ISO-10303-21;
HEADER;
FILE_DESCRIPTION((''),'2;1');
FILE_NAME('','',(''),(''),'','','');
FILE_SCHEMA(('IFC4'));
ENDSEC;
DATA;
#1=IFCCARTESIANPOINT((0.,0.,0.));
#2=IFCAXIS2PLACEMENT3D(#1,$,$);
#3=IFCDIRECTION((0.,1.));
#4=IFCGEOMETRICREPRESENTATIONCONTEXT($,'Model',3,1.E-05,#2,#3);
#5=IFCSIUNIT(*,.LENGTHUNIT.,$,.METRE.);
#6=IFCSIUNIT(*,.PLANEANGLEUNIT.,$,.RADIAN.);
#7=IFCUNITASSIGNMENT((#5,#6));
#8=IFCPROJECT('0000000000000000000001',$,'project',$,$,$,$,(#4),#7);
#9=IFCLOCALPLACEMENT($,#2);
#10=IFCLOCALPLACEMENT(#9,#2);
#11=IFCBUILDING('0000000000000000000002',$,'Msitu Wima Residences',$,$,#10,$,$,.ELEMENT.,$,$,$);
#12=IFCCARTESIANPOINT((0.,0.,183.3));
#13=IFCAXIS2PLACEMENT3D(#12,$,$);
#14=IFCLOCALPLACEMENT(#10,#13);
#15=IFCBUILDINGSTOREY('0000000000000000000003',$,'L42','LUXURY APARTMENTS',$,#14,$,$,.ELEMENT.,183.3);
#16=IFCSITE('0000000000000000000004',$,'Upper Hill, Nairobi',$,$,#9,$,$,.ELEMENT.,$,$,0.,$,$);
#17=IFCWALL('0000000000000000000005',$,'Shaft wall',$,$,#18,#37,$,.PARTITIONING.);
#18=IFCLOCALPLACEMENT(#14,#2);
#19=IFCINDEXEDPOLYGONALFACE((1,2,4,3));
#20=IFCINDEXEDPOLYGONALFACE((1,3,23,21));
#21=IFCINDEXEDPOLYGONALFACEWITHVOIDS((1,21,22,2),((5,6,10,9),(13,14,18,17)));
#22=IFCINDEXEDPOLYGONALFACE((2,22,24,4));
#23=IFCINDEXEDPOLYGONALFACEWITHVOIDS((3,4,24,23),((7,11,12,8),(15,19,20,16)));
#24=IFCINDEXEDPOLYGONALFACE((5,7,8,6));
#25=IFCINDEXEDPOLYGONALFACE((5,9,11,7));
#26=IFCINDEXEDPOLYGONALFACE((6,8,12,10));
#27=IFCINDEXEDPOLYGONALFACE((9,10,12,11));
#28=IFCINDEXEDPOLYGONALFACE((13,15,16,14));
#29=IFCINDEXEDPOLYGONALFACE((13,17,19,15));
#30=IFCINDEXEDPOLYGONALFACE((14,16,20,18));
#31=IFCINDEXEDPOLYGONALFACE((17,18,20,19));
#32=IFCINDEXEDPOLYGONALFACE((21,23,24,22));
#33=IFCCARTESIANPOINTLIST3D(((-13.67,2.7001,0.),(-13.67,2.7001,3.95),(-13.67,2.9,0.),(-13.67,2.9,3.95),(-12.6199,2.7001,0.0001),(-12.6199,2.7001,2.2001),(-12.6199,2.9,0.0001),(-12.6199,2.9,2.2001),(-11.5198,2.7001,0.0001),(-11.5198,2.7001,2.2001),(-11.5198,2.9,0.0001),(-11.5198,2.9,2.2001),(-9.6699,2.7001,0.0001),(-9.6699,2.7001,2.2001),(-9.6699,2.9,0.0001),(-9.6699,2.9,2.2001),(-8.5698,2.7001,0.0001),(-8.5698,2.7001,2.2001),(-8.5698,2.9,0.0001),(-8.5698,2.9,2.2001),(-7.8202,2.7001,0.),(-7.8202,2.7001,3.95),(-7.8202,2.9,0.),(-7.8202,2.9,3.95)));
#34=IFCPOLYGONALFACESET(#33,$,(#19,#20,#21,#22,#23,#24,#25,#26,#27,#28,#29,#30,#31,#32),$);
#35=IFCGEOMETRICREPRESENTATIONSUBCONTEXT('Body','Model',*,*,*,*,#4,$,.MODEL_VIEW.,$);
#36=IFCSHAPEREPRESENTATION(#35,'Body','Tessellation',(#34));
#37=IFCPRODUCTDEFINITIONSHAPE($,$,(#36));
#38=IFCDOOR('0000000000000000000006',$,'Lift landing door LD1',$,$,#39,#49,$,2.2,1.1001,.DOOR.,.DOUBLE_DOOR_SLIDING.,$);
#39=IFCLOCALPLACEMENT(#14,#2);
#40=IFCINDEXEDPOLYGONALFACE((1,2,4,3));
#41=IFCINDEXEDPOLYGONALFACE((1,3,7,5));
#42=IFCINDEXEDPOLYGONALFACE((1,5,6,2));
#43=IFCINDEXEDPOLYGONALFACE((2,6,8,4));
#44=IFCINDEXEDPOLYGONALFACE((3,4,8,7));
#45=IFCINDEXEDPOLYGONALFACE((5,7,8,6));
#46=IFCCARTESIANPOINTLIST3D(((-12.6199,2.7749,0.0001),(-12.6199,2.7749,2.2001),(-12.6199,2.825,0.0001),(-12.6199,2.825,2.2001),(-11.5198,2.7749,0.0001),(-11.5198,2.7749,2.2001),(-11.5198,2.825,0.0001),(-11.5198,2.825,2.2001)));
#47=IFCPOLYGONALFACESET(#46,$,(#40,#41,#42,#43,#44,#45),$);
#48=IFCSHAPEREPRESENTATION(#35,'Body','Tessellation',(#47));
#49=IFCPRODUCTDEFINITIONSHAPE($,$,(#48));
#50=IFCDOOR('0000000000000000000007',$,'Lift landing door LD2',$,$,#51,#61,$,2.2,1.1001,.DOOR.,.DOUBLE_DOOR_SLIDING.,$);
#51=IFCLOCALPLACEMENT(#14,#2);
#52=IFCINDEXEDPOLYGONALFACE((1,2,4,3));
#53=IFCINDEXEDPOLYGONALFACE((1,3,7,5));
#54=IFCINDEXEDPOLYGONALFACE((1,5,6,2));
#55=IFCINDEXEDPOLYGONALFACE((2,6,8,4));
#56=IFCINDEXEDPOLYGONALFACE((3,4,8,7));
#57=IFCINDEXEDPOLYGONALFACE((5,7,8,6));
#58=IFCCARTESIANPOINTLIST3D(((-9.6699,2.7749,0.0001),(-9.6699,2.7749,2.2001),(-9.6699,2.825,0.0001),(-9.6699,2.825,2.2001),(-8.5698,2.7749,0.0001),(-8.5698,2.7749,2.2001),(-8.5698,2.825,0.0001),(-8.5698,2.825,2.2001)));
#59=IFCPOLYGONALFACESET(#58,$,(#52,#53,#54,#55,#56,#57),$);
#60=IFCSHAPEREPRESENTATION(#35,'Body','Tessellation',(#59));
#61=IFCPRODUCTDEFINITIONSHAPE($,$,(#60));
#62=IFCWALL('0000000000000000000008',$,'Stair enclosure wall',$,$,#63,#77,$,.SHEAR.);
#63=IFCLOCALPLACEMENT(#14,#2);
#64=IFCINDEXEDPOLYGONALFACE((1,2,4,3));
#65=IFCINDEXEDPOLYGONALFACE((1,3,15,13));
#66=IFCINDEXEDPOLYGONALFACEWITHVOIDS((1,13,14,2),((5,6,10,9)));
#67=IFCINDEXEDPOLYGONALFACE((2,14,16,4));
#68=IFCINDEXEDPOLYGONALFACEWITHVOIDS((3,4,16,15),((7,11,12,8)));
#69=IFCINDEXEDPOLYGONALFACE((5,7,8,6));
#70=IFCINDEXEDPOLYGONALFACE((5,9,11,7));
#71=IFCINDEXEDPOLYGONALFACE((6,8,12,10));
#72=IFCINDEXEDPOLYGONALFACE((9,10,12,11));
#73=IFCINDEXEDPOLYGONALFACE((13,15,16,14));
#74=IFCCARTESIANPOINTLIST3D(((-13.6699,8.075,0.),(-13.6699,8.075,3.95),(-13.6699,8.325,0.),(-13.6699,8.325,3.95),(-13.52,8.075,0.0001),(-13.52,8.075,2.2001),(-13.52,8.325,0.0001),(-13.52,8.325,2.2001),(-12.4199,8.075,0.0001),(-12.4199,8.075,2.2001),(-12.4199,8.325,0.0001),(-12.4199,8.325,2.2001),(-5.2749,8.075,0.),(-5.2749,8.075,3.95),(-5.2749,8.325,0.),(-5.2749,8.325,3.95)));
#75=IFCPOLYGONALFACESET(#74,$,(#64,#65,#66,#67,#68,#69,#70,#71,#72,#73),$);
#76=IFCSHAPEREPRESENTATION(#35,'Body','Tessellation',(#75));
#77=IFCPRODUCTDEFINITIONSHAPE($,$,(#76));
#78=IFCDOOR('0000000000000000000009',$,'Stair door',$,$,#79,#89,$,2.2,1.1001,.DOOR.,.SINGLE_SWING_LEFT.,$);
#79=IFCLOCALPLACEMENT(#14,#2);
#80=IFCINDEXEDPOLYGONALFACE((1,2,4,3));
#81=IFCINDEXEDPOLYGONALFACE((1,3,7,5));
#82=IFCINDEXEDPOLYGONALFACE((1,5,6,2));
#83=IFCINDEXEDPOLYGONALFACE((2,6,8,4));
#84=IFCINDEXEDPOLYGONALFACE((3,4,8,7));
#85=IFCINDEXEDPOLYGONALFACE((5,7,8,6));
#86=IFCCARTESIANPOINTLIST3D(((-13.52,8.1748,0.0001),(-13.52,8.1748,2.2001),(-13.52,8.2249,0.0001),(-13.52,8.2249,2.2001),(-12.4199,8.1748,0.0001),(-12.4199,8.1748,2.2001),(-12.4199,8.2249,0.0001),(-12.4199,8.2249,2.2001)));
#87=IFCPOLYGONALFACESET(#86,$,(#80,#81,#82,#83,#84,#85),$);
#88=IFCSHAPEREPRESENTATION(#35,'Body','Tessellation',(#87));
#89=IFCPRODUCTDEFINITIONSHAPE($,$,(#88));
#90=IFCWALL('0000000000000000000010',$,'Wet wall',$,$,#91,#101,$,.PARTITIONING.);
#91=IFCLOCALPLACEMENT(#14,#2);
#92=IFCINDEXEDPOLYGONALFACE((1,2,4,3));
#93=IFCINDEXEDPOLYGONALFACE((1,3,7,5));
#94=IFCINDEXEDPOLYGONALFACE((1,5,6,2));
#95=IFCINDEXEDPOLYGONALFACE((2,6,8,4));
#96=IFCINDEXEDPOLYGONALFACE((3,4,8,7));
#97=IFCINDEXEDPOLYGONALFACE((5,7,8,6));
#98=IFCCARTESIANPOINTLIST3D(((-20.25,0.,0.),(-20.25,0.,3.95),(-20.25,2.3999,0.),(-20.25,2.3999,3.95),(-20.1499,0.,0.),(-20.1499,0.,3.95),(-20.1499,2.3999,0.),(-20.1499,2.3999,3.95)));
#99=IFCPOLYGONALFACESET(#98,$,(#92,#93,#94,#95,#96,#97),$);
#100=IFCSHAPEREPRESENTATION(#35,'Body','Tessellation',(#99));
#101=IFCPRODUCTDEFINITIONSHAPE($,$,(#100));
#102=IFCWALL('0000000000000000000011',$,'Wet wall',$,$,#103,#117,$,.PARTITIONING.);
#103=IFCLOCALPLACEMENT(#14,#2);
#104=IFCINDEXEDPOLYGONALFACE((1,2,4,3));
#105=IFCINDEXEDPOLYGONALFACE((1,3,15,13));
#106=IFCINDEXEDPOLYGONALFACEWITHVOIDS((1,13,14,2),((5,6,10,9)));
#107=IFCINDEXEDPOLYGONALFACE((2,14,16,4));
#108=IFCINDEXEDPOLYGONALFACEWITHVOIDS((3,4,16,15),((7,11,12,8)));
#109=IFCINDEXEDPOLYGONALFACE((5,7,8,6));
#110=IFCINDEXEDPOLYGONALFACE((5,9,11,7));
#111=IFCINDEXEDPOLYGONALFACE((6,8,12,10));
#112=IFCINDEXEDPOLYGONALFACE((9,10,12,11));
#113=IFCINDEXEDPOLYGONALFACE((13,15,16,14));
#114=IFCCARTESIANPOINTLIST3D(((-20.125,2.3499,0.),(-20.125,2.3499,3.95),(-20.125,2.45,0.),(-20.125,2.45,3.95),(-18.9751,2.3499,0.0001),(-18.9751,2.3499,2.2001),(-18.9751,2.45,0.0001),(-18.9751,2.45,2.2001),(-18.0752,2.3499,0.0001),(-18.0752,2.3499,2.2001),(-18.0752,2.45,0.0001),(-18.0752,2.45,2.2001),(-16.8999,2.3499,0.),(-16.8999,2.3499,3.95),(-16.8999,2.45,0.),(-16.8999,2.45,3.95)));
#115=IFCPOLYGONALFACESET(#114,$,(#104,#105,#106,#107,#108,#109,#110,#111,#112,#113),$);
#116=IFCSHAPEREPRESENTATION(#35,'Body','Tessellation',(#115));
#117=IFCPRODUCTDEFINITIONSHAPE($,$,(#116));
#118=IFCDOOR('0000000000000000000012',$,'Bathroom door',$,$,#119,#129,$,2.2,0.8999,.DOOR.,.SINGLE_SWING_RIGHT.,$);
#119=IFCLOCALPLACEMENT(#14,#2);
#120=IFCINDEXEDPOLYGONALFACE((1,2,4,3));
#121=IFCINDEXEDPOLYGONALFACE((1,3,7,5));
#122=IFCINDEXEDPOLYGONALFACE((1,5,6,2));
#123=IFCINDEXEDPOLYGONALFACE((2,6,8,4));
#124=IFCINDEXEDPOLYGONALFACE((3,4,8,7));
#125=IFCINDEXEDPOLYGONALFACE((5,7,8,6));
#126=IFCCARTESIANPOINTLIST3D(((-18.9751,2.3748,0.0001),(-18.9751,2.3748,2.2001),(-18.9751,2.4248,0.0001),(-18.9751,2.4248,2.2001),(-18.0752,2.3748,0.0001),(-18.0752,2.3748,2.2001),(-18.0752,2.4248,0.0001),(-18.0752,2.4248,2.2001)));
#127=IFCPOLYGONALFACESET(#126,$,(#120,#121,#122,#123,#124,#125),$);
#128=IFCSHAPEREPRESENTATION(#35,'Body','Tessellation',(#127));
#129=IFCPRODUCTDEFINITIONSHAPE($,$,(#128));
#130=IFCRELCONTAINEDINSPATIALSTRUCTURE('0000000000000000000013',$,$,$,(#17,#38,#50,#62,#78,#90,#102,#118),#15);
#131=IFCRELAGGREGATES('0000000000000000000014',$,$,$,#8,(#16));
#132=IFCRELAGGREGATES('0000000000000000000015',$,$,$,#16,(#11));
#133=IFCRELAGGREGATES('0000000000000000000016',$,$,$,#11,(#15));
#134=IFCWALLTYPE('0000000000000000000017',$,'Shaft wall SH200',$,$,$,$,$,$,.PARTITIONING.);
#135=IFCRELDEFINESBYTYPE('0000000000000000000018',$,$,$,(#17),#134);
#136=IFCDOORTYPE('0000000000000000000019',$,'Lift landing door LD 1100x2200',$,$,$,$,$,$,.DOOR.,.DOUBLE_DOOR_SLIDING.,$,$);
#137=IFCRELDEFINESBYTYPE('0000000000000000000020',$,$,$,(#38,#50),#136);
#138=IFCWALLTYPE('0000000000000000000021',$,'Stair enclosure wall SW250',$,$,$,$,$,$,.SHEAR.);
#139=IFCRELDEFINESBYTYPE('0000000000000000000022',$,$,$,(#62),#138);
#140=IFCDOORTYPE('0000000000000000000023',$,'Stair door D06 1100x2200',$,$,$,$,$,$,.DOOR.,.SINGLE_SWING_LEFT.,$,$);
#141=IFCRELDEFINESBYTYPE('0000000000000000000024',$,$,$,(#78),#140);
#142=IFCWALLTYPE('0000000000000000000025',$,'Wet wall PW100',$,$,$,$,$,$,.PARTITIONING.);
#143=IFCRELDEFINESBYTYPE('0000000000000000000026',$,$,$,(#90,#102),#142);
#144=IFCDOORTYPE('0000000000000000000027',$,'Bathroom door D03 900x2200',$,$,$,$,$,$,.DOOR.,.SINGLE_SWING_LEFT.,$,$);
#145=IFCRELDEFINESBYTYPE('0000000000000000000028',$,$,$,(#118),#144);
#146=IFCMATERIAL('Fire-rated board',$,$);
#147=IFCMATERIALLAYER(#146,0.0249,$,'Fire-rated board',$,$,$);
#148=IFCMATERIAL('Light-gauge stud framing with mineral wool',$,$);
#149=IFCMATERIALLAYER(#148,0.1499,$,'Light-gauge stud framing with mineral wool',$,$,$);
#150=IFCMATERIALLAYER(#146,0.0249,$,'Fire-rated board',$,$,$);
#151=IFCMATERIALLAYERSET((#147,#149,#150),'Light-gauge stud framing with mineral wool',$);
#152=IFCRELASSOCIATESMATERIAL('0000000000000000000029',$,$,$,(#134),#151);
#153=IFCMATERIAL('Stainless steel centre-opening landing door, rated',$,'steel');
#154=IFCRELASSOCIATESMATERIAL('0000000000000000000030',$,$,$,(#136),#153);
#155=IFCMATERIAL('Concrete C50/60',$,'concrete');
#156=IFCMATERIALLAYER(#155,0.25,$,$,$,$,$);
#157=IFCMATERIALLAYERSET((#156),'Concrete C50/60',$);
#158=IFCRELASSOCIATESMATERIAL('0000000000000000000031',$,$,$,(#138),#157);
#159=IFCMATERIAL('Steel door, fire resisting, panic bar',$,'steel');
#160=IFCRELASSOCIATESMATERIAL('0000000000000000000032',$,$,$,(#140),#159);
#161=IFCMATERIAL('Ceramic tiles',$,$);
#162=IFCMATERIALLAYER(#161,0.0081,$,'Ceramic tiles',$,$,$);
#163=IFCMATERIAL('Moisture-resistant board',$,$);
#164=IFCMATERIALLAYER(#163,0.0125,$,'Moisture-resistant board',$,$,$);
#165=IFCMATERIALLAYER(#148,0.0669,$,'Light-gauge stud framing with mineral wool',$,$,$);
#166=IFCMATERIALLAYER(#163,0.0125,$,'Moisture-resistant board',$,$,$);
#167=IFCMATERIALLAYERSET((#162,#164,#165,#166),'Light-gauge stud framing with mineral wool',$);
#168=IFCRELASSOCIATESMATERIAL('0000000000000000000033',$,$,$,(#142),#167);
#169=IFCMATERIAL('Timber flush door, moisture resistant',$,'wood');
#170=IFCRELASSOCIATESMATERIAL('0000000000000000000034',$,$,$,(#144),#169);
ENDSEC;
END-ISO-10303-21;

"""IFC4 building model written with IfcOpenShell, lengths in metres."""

from ifc_helpers import new_model, si_unit, direction, frame, frame_2d, origin, place, context, subcontext, project, spatial, rectangle, extrude, material, layer, layer_set, type_object, element, fill, save


model = new_model("IFC4")

# Units and contexts
model_context = context("Model", 3, precision=1e-05, world=origin(), true_north=direction((0.0, 1.0)))
body_context = subcontext(model_context, "Body", "Model", "MODEL_VIEW")
ifc_project = project(units=[si_unit("LENGTHUNIT", "METRE"), si_unit("PLANEANGLEUNIT", "RADIAN")], contexts=[model_context])

# Site, building, storey
site_placement = place(None, origin())
site = spatial("IfcSite", under=ifc_project, at=site_placement, Name="Upper Hill, Nairobi", CompositionType="ELEMENT", RefElevation=0.0)
building_placement = place(site_placement, origin())
building = spatial("IfcBuilding", under=site, at=building_placement, Name="Msitu Wima Residences", CompositionType="ELEMENT")
storey_placement = place(building_placement, frame((0.0, 0.0, 183.3)))
storey = spatial("IfcBuildingStorey", under=building, at=storey_placement, Name="L42", Description="LUXURY APARTMENTS", CompositionType="ELEMENT", Elevation=183.3)

# Shared definitions
ifc_material_1 = material(Name="Concrete C50/60", Category="concrete")

# Shared definitions
ifc_material_2 = material(Name="Fire-rated board")
ifc_layer_1 = layer(ifc_material_2, 0.0249, Name="Fire-rated board")
ifc_material_3 = material(Name="Light-gauge stud framing with mineral wool")
ifc_layer_2 = layer(ifc_material_3, 0.1499, Name="Light-gauge stud framing with mineral wool")
ifc_layer_3 = layer(ifc_material_2, 0.0249, Name="Fire-rated board")
ifc_layer_set_1 = layer_set([ifc_layer_1, ifc_layer_2, ifc_layer_3], Name="Light-gauge stud framing with mineral wool")
wall_type_1 = type_object("IfcWallType", Name="Shaft wall SH200", PredefinedType="PARTITIONING", material=ifc_layer_set_1)

# Wall, openings, doors
wall_1_placement = place(storey_placement, frame((-13.6699, 2.8, 0.0), z_axis=(0.0, 0.0, 1.0), x_axis=(1.0, 0.0, 0.0)))
wall_1 = element("IfcWall", 1, at=wall_1_placement, inside=storey, type_object=wall_type_1, Name="Shaft wall", PredefinedType="PARTITIONING", context=body_context, shape_type="SweptSolid", body=[
    extrude(rectangle(XDim=5.8499, YDim=0.2, at=frame_2d((2.9248, 0.0))), origin(), (0.0, 0.0, 1.0), 3.95),
])
opening_1_placement = place(wall_1_placement, frame((1.05, 0.0, 0.0)))
opening_1 = element("IfcOpeningElement", 2, at=opening_1_placement, cuts=wall_1, PredefinedType="OPENING", context=body_context, shape_type="SweptSolid", body=[
    extrude(rectangle(XDim=1.1001, YDim=2.2, at=frame_2d((0.55, 1.1001))), frame((0.0, 0.1099, 0.0), z_axis=(0.0, -1.0, 0.0), x_axis=(1.0, 0.0, 0.0)), (0.0, 0.0, 1.0), 0.22),
])
opening_2_placement = place(wall_1_placement, frame((4.0, 0.0, 0.0)))
opening_2 = element("IfcOpeningElement", 3, at=opening_2_placement, cuts=wall_1, PredefinedType="OPENING", context=body_context, shape_type="SweptSolid", body=[
    extrude(rectangle(XDim=1.1001, YDim=2.2, at=frame_2d((0.55, 1.1001))), frame((0.0, 0.1099, 0.0), z_axis=(0.0, -1.0, 0.0), x_axis=(1.0, 0.0, 0.0)), (0.0, 0.0, 1.0), 0.22),
])
ifc_material_4 = material(Name="Stainless steel centre-opening landing door, rated", Category="steel")
door_type_1 = type_object("IfcDoorType", Name="Lift landing door LD 1100x2200", OperationType="DOUBLE_DOOR_SLIDING", PredefinedType="DOOR", material=ifc_material_4)
door_1_placement = place(opening_1_placement, origin())
door_1 = element("IfcDoor", 4, at=door_1_placement, inside=storey, type_object=door_type_1, Name="Lift landing door LD1", OperationType="DOUBLE_DOOR_SLIDING", OverallHeight=2.2, OverallWidth=1.1001, PredefinedType="DOOR", context=body_context, shape_type="SweptSolid", body=[
    extrude(rectangle(XDim=1.1001, YDim=2.2, at=frame_2d((0.55, 1.1001))), frame((0.0, 0.0249, 0.0), z_axis=(0.0, -1.0, 0.0), x_axis=(1.0, 0.0, 0.0)), (0.0, 0.0, 1.0), 0.05),
])
fill(opening_1, door_1)
door_2_placement = place(opening_2_placement, origin())
door_2 = element("IfcDoor", 5, at=door_2_placement, inside=storey, type_object=door_type_1, Name="Lift landing door LD2", OperationType="DOUBLE_DOOR_SLIDING", OverallHeight=2.2, OverallWidth=1.1001, PredefinedType="DOOR", context=body_context, shape_type="SweptSolid", body=[
    extrude(rectangle(XDim=1.1001, YDim=2.2, at=frame_2d((0.55, 1.1001))), frame((0.0, 0.0249, 0.0), z_axis=(0.0, -1.0, 0.0), x_axis=(1.0, 0.0, 0.0)), (0.0, 0.0, 1.0), 0.05),
])
fill(opening_2, door_2)

# Wall, opening, door
ifc_layer_4 = layer(ifc_material_1, 0.25)
ifc_layer_set_2 = layer_set([ifc_layer_4], Name="Concrete C50/60")
wall_type_2 = type_object("IfcWallType", Name="Stair enclosure wall SW250", PredefinedType="SHEAR", material=ifc_layer_set_2)
wall_2_placement = place(storey_placement, frame((-13.6699, 8.2, 0.0), z_axis=(0.0, 0.0, 1.0), x_axis=(1.0, 0.0, 0.0)))
wall_2 = element("IfcWall", 6, at=wall_2_placement, inside=storey, type_object=wall_type_2, Name="Stair enclosure wall", PredefinedType="SHEAR", context=body_context, shape_type="SweptSolid", body=[
    extrude(rectangle(XDim=8.395, YDim=0.25, at=frame_2d((4.1975, 0.0))), origin(), (0.0, 0.0, 1.0), 3.95),
])
opening_3_placement = place(wall_2_placement, frame((0.1499, 0.0, 0.0)))
opening_3 = element("IfcOpeningElement", 7, at=opening_3_placement, cuts=wall_2, PredefinedType="OPENING", context=body_context, shape_type="SweptSolid", body=[
    extrude(rectangle(XDim=1.1001, YDim=2.2, at=frame_2d((0.55, 1.1001))), frame((0.0, 0.135, 0.0), z_axis=(0.0, -1.0, 0.0), x_axis=(1.0, 0.0, 0.0)), (0.0, 0.0, 1.0), 0.27),
])
ifc_material_5 = material(Name="Steel door, fire resisting, panic bar", Category="steel")
door_type_2 = type_object("IfcDoorType", Name="Stair door D06 1100x2200", OperationType="SINGLE_SWING_LEFT", PredefinedType="DOOR", material=ifc_material_5)
door_3_placement = place(opening_3_placement, origin())
door_3 = element("IfcDoor", 8, at=door_3_placement, inside=storey, type_object=door_type_2, Name="Stair door", OperationType="SINGLE_SWING_LEFT", OverallHeight=2.2, OverallWidth=1.1001, PredefinedType="DOOR", context=body_context, shape_type="SweptSolid", body=[
    extrude(rectangle(XDim=1.1001, YDim=2.2, at=frame_2d((0.55, 1.1001))), frame((0.0, 0.0249, 0.0), z_axis=(0.0, -1.0, 0.0), x_axis=(1.0, 0.0, 0.0)), (0.0, 0.0, 1.0), 0.05),
])
fill(opening_3, door_3)

# Wall
ifc_material_6 = material(Name="Ceramic tiles")
ifc_layer_5 = layer(ifc_material_6, 0.0081, Name="Ceramic tiles")
ifc_material_7 = material(Name="Moisture-resistant board")
ifc_layer_6 = layer(ifc_material_7, 0.0125, Name="Moisture-resistant board")
ifc_layer_7 = layer(ifc_material_3, 0.0669, Name="Light-gauge stud framing with mineral wool")
ifc_layer_8 = layer(ifc_material_7, 0.0125, Name="Moisture-resistant board")
ifc_layer_set_3 = layer_set([ifc_layer_5, ifc_layer_6, ifc_layer_7, ifc_layer_8], Name="Light-gauge stud framing with mineral wool")
wall_type_3 = type_object("IfcWallType", Name="Wet wall PW100", PredefinedType="PARTITIONING", material=ifc_layer_set_3)
wall_3_placement = place(storey_placement, frame((-20.2, 0.0, 0.0), z_axis=(0.0, 0.0, 1.0), x_axis=(0.0, 1.0, 0.0)))
element("IfcWall", 9, at=wall_3_placement, inside=storey, type_object=wall_type_3, Name="Wet wall", PredefinedType="PARTITIONING", context=body_context, shape_type="SweptSolid", body=[
    extrude(rectangle(XDim=2.3999, YDim=0.1001, at=frame_2d((1.2, 0.0))), origin(), (0.0, 0.0, 1.0), 3.95),
])

# Wall, opening, door
wall_4_placement = place(storey_placement, frame((-20.125, 2.3999, 0.0), z_axis=(0.0, 0.0, 1.0), x_axis=(1.0, 0.0, 0.0)))
wall_4 = element("IfcWall", 10, at=wall_4_placement, inside=storey, type_object=wall_type_3, Name="Wet wall", PredefinedType="PARTITIONING", context=body_context, shape_type="SweptSolid", body=[
    extrude(rectangle(XDim=3.2251, YDim=0.1001, at=frame_2d((1.6125, 0.0))), origin(), (0.0, 0.0, 1.0), 3.95),
])
opening_4_placement = place(wall_4_placement, frame((1.1499, 0.0, 0.0)))
opening_4 = element("IfcOpeningElement", 11, at=opening_4_placement, cuts=wall_4, PredefinedType="OPENING", context=body_context, shape_type="SweptSolid", body=[
    extrude(rectangle(XDim=0.8999, YDim=2.2, at=frame_2d((0.45, 1.1001))), frame((0.0, 0.0601, 0.0), z_axis=(0.0, -1.0, 0.0), x_axis=(1.0, 0.0, 0.0)), (0.0, 0.0, 1.0), 0.1201),
])
ifc_material_8 = material(Name="Timber flush door, moisture resistant", Category="wood")
door_type_3 = type_object("IfcDoorType", Name="Bathroom door D03 900x2200", OperationType="SINGLE_SWING_LEFT", PredefinedType="DOOR", material=ifc_material_8)
door_4_placement = place(opening_4_placement, origin())
door_4 = element("IfcDoor", 12, at=door_4_placement, inside=storey, type_object=door_type_3, Name="Bathroom door", OperationType="SINGLE_SWING_RIGHT", OverallHeight=2.2, OverallWidth=0.8999, PredefinedType="DOOR", context=body_context, shape_type="SweptSolid", body=[
    extrude(rectangle(XDim=0.8999, YDim=2.2, at=frame_2d((0.45, 1.1001))), frame((0.0, 0.0249, 0.0), z_axis=(0.0, -1.0, 0.0), x_axis=(1.0, 0.0, 0.0)), (0.0, 0.0, 1.0), 0.05),
])
fill(opening_4, door_4)

save(model, "model.ifc")
